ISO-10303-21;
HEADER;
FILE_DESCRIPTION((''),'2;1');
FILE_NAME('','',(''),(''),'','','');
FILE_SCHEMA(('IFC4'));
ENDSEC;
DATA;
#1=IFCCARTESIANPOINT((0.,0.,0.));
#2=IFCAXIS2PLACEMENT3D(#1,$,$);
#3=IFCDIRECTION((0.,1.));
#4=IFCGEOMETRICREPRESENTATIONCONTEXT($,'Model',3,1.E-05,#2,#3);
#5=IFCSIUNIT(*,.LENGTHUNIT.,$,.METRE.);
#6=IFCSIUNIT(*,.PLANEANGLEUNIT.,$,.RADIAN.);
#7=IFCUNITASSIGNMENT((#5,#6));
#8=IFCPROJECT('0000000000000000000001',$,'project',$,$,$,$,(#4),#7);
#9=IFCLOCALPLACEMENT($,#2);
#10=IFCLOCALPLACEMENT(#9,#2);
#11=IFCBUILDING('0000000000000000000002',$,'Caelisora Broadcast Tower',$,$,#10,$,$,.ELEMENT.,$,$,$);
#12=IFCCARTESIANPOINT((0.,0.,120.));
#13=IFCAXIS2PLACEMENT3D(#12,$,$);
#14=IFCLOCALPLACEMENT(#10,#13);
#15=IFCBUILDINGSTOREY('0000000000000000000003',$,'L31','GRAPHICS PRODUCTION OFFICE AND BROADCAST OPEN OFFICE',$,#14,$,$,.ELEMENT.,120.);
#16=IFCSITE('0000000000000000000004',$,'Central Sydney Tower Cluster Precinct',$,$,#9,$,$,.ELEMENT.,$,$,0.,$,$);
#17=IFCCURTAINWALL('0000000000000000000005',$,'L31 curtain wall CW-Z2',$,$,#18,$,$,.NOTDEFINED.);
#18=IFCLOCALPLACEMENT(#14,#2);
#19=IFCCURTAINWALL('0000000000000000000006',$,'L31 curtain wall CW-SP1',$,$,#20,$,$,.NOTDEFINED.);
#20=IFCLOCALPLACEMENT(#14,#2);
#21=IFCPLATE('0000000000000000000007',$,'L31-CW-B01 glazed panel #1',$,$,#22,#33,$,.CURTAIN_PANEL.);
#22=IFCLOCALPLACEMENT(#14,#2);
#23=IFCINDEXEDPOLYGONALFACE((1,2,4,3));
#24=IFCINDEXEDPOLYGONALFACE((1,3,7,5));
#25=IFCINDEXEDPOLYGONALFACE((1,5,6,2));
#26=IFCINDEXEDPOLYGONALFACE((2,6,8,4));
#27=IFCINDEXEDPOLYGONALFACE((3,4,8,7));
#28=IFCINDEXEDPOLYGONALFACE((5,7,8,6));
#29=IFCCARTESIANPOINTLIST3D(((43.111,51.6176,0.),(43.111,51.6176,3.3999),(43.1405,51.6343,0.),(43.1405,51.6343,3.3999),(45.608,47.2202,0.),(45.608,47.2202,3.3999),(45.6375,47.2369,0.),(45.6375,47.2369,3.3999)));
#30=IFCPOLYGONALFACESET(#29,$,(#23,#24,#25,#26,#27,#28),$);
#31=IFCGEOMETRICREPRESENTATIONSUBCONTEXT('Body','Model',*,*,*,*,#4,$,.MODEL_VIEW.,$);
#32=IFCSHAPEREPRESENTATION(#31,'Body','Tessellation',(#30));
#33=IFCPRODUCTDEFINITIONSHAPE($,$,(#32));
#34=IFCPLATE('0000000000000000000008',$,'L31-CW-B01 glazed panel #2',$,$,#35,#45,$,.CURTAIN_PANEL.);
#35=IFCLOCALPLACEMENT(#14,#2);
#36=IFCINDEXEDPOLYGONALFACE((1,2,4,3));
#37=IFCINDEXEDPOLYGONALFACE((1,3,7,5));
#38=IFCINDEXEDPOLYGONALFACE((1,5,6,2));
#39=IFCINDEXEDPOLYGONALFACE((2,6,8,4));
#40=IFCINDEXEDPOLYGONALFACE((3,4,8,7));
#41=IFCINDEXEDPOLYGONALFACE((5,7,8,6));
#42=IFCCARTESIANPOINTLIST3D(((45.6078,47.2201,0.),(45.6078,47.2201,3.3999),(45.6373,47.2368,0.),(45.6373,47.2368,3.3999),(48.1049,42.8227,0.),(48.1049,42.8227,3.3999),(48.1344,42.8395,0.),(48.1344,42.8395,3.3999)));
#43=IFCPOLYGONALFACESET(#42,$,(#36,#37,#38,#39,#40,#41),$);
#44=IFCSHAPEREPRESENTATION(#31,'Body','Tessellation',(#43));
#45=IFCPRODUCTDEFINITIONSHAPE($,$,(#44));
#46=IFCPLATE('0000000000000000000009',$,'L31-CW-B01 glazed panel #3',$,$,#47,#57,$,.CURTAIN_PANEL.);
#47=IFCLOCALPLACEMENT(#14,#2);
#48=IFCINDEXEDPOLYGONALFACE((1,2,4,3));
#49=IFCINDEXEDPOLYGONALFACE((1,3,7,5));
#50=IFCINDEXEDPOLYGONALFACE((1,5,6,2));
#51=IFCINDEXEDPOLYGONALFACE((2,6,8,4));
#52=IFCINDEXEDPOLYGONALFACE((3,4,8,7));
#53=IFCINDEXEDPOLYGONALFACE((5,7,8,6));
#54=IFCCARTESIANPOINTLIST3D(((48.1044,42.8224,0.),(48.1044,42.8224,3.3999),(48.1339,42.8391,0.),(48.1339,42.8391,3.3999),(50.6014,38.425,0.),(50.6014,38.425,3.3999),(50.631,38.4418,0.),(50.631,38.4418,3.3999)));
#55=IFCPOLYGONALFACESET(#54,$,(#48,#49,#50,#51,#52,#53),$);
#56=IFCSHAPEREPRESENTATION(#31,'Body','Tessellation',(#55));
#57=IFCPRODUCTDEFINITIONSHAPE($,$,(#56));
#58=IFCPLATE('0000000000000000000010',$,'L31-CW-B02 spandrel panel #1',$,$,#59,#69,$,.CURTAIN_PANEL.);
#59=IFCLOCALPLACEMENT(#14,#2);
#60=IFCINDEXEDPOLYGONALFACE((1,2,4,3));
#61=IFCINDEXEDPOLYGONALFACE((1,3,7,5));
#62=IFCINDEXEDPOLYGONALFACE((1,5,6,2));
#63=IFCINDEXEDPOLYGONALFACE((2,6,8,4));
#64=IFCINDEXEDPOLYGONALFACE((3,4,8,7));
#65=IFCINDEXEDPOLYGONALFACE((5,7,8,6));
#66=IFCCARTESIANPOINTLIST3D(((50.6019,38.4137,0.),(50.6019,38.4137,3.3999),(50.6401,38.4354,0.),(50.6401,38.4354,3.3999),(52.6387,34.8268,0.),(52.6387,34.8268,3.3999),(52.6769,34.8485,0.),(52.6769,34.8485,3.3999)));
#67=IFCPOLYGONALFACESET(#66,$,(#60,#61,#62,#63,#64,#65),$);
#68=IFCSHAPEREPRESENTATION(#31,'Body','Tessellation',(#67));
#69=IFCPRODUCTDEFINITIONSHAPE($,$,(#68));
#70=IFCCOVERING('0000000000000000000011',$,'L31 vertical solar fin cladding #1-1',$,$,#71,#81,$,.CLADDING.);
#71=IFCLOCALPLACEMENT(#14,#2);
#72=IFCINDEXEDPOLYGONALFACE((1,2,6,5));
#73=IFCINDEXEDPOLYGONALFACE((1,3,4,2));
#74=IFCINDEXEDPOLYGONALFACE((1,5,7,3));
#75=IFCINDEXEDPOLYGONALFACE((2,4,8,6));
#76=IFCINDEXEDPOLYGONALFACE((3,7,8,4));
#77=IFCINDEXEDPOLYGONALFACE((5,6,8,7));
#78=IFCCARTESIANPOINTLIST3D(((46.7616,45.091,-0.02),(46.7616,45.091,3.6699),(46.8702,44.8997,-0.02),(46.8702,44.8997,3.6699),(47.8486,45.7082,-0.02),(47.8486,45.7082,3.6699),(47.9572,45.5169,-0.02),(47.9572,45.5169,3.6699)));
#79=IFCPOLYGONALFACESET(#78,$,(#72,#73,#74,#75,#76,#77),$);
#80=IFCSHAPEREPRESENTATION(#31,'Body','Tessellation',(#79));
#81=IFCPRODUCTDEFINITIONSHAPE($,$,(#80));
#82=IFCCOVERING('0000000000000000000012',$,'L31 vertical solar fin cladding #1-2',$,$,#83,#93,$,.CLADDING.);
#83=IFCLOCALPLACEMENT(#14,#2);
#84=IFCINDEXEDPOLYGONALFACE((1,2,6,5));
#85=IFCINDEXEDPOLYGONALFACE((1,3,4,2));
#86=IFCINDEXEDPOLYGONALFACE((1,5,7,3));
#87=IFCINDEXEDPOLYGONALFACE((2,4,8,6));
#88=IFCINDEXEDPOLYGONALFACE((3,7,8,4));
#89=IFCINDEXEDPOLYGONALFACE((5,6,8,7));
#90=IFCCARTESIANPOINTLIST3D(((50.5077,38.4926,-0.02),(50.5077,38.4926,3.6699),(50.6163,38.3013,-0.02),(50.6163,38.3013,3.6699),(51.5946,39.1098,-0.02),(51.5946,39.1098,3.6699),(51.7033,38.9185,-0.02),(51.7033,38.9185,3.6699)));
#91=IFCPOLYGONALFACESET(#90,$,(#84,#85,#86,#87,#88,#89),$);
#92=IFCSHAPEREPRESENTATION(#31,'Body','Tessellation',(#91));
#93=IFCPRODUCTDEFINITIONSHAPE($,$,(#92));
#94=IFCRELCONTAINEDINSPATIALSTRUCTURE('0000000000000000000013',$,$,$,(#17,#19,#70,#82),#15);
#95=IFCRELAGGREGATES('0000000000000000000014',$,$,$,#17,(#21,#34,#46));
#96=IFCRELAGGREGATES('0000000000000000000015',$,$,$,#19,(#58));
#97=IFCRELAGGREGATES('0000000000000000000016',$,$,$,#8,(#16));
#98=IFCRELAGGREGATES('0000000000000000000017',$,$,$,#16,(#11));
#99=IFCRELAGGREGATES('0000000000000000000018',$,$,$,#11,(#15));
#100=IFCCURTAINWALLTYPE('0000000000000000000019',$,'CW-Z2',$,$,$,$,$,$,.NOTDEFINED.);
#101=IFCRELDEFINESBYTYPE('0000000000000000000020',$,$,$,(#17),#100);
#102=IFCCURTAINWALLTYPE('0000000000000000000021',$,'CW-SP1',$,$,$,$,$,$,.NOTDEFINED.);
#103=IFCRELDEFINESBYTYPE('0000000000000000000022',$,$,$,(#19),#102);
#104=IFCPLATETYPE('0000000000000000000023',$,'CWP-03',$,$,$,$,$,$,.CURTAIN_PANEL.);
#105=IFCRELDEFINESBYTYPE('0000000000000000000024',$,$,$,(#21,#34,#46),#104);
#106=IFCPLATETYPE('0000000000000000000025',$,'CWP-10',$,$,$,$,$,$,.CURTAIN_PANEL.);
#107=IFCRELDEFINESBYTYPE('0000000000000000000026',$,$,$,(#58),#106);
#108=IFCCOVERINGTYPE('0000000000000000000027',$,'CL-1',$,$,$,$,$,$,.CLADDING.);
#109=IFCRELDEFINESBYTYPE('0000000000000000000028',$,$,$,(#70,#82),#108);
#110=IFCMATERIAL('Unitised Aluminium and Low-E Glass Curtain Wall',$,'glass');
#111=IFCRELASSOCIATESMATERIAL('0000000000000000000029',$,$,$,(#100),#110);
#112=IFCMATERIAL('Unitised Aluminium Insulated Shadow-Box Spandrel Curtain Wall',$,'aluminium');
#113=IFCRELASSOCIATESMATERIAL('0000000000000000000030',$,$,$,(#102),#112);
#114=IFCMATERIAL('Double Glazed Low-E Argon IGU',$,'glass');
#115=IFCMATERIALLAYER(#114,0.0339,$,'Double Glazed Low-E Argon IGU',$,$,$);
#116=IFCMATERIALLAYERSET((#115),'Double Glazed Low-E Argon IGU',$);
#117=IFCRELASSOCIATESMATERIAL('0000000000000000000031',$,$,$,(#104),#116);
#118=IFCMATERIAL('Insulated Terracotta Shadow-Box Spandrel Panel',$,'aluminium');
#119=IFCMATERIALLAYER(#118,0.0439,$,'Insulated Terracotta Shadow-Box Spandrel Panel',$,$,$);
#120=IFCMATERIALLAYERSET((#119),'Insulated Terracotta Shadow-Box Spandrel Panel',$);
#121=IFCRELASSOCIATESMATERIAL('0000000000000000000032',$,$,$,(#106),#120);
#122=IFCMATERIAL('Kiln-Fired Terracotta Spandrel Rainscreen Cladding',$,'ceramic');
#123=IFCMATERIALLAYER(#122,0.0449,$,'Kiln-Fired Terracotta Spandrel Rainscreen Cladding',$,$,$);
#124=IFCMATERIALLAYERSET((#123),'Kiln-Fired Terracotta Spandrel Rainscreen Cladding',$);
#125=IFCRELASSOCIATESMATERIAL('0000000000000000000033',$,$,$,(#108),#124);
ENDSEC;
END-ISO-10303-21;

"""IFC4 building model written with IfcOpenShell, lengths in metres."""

from ifc_helpers import new_model, si_unit, direction, frame, origin, origin_2d, place, context, subcontext, project, spatial, rectangle, extrude, source, transform, mapped, material, layer, layer_set, type_object, type_shapes, element, aggregate, save


model = new_model("IFC4")

# Units and contexts
model_context = context("Model", 3, precision=1e-05, world=origin(), true_north=direction((0.0, 1.0)))
body_context = subcontext(model_context, "Body", "Model", "MODEL_VIEW")
ifc_project = project(units=[si_unit("LENGTHUNIT", "METRE"), si_unit("PLANEANGLEUNIT", "RADIAN")], contexts=[model_context])

# Site, building, storey
site_placement = place(None, origin())
site = spatial("IfcSite", under=ifc_project, at=site_placement, Name="Central Sydney Tower Cluster Precinct", CompositionType="ELEMENT", RefElevation=0.0)
building_placement = place(site_placement, origin())
building = spatial("IfcBuilding", under=site, at=building_placement, Name="Caelisora Broadcast Tower", CompositionType="ELEMENT")
storey_placement = place(building_placement, frame((0.0, 0.0, 120.0)))
storey = spatial("IfcBuildingStorey", under=building, at=storey_placement, Name="L31", Description="GRAPHICS PRODUCTION OFFICE AND BROADCAST OPEN OFFICE", CompositionType="ELEMENT", Elevation=120.0)

# Curtain wall
ifc_material_1 = material(Name="Unitised Aluminium and Low-E Glass Curtain Wall", Category="glass")
curtain_wall_type_1 = type_object("IfcCurtainWallType", Name="CW-Z2", PredefinedType="NOTDEFINED", material=ifc_material_1)
curtain_wall_1_placement = place(storey_placement, origin())
curtain_wall_1 = element("IfcCurtainWall", 1, at=curtain_wall_1_placement, inside=storey, type_object=curtain_wall_type_1, Name="L31 curtain wall CW-Z2", PredefinedType="NOTDEFINED")

# Curtain wall
ifc_material_2 = material(Name="Unitised Aluminium Insulated Shadow-Box Spandrel Curtain Wall", Category="aluminium")
curtain_wall_type_2 = type_object("IfcCurtainWallType", Name="CW-SP1", PredefinedType="NOTDEFINED", material=ifc_material_2)
curtain_wall_2_placement = place(storey_placement, origin())
curtain_wall_2 = element("IfcCurtainWall", 2, at=curtain_wall_2_placement, inside=storey, type_object=curtain_wall_type_2, Name="L31 curtain wall CW-SP1", PredefinedType="NOTDEFINED")

# Plates
ifc_material_3 = material(Name="Double Glazed Low-E Argon IGU", Category="glass")
ifc_layer_1 = layer(ifc_material_3, 0.0339, Name="Double Glazed Low-E Argon IGU")
ifc_layer_set_1 = layer_set([ifc_layer_1], Name="Double Glazed Low-E Argon IGU")
plate_type_1 = type_object("IfcPlateType", Name="CWP-03", PredefinedType="CURTAIN_PANEL", material=ifc_layer_set_1)
shared_shape_1 = source(origin(), body_context, "Body", "SweptSolid", [
    extrude(rectangle(XDim=5.0569, YDim=0.0339, at=origin_2d()), origin(), (0.0, 0.0, 1.0), 3.3999),
])
type_shapes(plate_type_1, [shared_shape_1])
plate_1_placement = place(storey_placement, frame((44.3743, 49.4272, 0.0), z_axis=(0.0, 0.0, 1.0), x_axis=(0.49379, -0.869581, 0.0)))
plate_1 = element("IfcPlate", 3, at=plate_1_placement, type_object=plate_type_1, Name="L31-CW-B01 glazed panel #1", PredefinedType="CURTAIN_PANEL", context=body_context, shape_type="MappedRepresentation", body=[
    mapped(shared_shape_1, transform((0.0, 0.0, 0.0), scale=1.0)),
])
plate_2_placement = place(storey_placement, frame((46.8711, 45.0298, 0.0), z_axis=(0.0, 0.0, 1.0), x_axis=(0.49379, -0.869581, 0.0)))
plate_2 = element("IfcPlate", 4, at=plate_2_placement, type_object=plate_type_1, Name="L31-CW-B01 glazed panel #2", PredefinedType="CURTAIN_PANEL", context=body_context, shape_type="MappedRepresentation", body=[
    mapped(shared_shape_1, transform((0.0, 0.0, 0.0), scale=1.0)),
])
plate_3_placement = place(storey_placement, frame((49.3677, 40.6321, 0.0), z_axis=(0.0, 0.0, 1.0), x_axis=(0.49379, -0.869581, 0.0)))
plate_3 = element("IfcPlate", 5, at=plate_3_placement, type_object=plate_type_1, Name="L31-CW-B01 glazed panel #3", PredefinedType="CURTAIN_PANEL", context=body_context, shape_type="MappedRepresentation", body=[
    mapped(shared_shape_1, transform((0.0, 0.0, 0.0), scale=1.0)),
])
aggregate(curtain_wall_1, [plate_1, plate_2, plate_3])
ifc_material_4 = material(Name="Insulated Terracotta Shadow-Box Spandrel Panel", Category="aluminium")
ifc_layer_2 = layer(ifc_material_4, 0.0439, Name="Insulated Terracotta Shadow-Box Spandrel Panel")
ifc_layer_set_2 = layer_set([ifc_layer_2], Name="Insulated Terracotta Shadow-Box Spandrel Panel")
plate_type_2 = type_object("IfcPlateType", Name="CWP-10", PredefinedType="CURTAIN_PANEL", material=ifc_layer_set_2)
shared_shape_2 = source(origin(), body_context, "Body", "SweptSolid", [
    extrude(rectangle(XDim=4.1248, YDim=0.0439, at=origin_2d()), origin(), (0.0, 0.0, 1.0), 3.3999),
])
type_shapes(plate_type_2, [shared_shape_2])
plate_4_placement = place(storey_placement, frame((51.6394, 36.6311, 0.0), z_axis=(0.0, 0.0, 1.0), x_axis=(0.49379, -0.869581, 0.0)))
plate_4 = element("IfcPlate", 6, at=plate_4_placement, type_object=plate_type_2, Name="L31-CW-B02 spandrel panel #1", PredefinedType="CURTAIN_PANEL", context=body_context, shape_type="MappedRepresentation", body=[
    mapped(shared_shape_2, transform((0.0, 0.0, 0.0), scale=1.0)),
])
aggregate(curtain_wall_2, [plate_4])

# Coverings
ifc_material_5 = material(Name="Kiln-Fired Terracotta Spandrel Rainscreen Cladding", Category="ceramic")
ifc_layer_3 = layer(ifc_material_5, 0.0449, Name="Kiln-Fired Terracotta Spandrel Rainscreen Cladding")
ifc_layer_set_3 = layer_set([ifc_layer_3], Name="Kiln-Fired Terracotta Spandrel Rainscreen Cladding")
covering_type = type_object("IfcCoveringType", Name="CL-1", PredefinedType="CLADDING", material=ifc_layer_set_3)
shared_shape_3 = source(origin(), body_context, "Body", "SweptSolid", [
    extrude(rectangle(XDim=0.22, YDim=1.25, at=origin_2d()), origin(), (0.0, 0.0, 1.0), 3.6899),
])
type_shapes(covering_type, [shared_shape_3])
for number, where, z_axis, x_axis, name in (
    (7, (47.3594, 45.304, -0.02), (0.0, 0.0, 1.0), (0.49379, -0.869581, 0.0), "L31 vertical solar fin cladding #1-1"),
    (8, (51.1055, 38.7056, -0.02), (0.0, 0.0, 1.0), (0.49379, -0.869581, 0.0), "L31 vertical solar fin cladding #1-2"),
):
    element("IfcCovering", number, at=place(storey_placement, frame(where, z_axis=z_axis, x_axis=x_axis)), inside=storey, type_object=covering_type, Name=name, PredefinedType="CLADDING", context=body_context, shape_type="MappedRepresentation", body=[
        mapped(shared_shape_3, transform((0.0, 0.0, 0.0), scale=1.0)),
    ])

save(model, "model.ifc")
